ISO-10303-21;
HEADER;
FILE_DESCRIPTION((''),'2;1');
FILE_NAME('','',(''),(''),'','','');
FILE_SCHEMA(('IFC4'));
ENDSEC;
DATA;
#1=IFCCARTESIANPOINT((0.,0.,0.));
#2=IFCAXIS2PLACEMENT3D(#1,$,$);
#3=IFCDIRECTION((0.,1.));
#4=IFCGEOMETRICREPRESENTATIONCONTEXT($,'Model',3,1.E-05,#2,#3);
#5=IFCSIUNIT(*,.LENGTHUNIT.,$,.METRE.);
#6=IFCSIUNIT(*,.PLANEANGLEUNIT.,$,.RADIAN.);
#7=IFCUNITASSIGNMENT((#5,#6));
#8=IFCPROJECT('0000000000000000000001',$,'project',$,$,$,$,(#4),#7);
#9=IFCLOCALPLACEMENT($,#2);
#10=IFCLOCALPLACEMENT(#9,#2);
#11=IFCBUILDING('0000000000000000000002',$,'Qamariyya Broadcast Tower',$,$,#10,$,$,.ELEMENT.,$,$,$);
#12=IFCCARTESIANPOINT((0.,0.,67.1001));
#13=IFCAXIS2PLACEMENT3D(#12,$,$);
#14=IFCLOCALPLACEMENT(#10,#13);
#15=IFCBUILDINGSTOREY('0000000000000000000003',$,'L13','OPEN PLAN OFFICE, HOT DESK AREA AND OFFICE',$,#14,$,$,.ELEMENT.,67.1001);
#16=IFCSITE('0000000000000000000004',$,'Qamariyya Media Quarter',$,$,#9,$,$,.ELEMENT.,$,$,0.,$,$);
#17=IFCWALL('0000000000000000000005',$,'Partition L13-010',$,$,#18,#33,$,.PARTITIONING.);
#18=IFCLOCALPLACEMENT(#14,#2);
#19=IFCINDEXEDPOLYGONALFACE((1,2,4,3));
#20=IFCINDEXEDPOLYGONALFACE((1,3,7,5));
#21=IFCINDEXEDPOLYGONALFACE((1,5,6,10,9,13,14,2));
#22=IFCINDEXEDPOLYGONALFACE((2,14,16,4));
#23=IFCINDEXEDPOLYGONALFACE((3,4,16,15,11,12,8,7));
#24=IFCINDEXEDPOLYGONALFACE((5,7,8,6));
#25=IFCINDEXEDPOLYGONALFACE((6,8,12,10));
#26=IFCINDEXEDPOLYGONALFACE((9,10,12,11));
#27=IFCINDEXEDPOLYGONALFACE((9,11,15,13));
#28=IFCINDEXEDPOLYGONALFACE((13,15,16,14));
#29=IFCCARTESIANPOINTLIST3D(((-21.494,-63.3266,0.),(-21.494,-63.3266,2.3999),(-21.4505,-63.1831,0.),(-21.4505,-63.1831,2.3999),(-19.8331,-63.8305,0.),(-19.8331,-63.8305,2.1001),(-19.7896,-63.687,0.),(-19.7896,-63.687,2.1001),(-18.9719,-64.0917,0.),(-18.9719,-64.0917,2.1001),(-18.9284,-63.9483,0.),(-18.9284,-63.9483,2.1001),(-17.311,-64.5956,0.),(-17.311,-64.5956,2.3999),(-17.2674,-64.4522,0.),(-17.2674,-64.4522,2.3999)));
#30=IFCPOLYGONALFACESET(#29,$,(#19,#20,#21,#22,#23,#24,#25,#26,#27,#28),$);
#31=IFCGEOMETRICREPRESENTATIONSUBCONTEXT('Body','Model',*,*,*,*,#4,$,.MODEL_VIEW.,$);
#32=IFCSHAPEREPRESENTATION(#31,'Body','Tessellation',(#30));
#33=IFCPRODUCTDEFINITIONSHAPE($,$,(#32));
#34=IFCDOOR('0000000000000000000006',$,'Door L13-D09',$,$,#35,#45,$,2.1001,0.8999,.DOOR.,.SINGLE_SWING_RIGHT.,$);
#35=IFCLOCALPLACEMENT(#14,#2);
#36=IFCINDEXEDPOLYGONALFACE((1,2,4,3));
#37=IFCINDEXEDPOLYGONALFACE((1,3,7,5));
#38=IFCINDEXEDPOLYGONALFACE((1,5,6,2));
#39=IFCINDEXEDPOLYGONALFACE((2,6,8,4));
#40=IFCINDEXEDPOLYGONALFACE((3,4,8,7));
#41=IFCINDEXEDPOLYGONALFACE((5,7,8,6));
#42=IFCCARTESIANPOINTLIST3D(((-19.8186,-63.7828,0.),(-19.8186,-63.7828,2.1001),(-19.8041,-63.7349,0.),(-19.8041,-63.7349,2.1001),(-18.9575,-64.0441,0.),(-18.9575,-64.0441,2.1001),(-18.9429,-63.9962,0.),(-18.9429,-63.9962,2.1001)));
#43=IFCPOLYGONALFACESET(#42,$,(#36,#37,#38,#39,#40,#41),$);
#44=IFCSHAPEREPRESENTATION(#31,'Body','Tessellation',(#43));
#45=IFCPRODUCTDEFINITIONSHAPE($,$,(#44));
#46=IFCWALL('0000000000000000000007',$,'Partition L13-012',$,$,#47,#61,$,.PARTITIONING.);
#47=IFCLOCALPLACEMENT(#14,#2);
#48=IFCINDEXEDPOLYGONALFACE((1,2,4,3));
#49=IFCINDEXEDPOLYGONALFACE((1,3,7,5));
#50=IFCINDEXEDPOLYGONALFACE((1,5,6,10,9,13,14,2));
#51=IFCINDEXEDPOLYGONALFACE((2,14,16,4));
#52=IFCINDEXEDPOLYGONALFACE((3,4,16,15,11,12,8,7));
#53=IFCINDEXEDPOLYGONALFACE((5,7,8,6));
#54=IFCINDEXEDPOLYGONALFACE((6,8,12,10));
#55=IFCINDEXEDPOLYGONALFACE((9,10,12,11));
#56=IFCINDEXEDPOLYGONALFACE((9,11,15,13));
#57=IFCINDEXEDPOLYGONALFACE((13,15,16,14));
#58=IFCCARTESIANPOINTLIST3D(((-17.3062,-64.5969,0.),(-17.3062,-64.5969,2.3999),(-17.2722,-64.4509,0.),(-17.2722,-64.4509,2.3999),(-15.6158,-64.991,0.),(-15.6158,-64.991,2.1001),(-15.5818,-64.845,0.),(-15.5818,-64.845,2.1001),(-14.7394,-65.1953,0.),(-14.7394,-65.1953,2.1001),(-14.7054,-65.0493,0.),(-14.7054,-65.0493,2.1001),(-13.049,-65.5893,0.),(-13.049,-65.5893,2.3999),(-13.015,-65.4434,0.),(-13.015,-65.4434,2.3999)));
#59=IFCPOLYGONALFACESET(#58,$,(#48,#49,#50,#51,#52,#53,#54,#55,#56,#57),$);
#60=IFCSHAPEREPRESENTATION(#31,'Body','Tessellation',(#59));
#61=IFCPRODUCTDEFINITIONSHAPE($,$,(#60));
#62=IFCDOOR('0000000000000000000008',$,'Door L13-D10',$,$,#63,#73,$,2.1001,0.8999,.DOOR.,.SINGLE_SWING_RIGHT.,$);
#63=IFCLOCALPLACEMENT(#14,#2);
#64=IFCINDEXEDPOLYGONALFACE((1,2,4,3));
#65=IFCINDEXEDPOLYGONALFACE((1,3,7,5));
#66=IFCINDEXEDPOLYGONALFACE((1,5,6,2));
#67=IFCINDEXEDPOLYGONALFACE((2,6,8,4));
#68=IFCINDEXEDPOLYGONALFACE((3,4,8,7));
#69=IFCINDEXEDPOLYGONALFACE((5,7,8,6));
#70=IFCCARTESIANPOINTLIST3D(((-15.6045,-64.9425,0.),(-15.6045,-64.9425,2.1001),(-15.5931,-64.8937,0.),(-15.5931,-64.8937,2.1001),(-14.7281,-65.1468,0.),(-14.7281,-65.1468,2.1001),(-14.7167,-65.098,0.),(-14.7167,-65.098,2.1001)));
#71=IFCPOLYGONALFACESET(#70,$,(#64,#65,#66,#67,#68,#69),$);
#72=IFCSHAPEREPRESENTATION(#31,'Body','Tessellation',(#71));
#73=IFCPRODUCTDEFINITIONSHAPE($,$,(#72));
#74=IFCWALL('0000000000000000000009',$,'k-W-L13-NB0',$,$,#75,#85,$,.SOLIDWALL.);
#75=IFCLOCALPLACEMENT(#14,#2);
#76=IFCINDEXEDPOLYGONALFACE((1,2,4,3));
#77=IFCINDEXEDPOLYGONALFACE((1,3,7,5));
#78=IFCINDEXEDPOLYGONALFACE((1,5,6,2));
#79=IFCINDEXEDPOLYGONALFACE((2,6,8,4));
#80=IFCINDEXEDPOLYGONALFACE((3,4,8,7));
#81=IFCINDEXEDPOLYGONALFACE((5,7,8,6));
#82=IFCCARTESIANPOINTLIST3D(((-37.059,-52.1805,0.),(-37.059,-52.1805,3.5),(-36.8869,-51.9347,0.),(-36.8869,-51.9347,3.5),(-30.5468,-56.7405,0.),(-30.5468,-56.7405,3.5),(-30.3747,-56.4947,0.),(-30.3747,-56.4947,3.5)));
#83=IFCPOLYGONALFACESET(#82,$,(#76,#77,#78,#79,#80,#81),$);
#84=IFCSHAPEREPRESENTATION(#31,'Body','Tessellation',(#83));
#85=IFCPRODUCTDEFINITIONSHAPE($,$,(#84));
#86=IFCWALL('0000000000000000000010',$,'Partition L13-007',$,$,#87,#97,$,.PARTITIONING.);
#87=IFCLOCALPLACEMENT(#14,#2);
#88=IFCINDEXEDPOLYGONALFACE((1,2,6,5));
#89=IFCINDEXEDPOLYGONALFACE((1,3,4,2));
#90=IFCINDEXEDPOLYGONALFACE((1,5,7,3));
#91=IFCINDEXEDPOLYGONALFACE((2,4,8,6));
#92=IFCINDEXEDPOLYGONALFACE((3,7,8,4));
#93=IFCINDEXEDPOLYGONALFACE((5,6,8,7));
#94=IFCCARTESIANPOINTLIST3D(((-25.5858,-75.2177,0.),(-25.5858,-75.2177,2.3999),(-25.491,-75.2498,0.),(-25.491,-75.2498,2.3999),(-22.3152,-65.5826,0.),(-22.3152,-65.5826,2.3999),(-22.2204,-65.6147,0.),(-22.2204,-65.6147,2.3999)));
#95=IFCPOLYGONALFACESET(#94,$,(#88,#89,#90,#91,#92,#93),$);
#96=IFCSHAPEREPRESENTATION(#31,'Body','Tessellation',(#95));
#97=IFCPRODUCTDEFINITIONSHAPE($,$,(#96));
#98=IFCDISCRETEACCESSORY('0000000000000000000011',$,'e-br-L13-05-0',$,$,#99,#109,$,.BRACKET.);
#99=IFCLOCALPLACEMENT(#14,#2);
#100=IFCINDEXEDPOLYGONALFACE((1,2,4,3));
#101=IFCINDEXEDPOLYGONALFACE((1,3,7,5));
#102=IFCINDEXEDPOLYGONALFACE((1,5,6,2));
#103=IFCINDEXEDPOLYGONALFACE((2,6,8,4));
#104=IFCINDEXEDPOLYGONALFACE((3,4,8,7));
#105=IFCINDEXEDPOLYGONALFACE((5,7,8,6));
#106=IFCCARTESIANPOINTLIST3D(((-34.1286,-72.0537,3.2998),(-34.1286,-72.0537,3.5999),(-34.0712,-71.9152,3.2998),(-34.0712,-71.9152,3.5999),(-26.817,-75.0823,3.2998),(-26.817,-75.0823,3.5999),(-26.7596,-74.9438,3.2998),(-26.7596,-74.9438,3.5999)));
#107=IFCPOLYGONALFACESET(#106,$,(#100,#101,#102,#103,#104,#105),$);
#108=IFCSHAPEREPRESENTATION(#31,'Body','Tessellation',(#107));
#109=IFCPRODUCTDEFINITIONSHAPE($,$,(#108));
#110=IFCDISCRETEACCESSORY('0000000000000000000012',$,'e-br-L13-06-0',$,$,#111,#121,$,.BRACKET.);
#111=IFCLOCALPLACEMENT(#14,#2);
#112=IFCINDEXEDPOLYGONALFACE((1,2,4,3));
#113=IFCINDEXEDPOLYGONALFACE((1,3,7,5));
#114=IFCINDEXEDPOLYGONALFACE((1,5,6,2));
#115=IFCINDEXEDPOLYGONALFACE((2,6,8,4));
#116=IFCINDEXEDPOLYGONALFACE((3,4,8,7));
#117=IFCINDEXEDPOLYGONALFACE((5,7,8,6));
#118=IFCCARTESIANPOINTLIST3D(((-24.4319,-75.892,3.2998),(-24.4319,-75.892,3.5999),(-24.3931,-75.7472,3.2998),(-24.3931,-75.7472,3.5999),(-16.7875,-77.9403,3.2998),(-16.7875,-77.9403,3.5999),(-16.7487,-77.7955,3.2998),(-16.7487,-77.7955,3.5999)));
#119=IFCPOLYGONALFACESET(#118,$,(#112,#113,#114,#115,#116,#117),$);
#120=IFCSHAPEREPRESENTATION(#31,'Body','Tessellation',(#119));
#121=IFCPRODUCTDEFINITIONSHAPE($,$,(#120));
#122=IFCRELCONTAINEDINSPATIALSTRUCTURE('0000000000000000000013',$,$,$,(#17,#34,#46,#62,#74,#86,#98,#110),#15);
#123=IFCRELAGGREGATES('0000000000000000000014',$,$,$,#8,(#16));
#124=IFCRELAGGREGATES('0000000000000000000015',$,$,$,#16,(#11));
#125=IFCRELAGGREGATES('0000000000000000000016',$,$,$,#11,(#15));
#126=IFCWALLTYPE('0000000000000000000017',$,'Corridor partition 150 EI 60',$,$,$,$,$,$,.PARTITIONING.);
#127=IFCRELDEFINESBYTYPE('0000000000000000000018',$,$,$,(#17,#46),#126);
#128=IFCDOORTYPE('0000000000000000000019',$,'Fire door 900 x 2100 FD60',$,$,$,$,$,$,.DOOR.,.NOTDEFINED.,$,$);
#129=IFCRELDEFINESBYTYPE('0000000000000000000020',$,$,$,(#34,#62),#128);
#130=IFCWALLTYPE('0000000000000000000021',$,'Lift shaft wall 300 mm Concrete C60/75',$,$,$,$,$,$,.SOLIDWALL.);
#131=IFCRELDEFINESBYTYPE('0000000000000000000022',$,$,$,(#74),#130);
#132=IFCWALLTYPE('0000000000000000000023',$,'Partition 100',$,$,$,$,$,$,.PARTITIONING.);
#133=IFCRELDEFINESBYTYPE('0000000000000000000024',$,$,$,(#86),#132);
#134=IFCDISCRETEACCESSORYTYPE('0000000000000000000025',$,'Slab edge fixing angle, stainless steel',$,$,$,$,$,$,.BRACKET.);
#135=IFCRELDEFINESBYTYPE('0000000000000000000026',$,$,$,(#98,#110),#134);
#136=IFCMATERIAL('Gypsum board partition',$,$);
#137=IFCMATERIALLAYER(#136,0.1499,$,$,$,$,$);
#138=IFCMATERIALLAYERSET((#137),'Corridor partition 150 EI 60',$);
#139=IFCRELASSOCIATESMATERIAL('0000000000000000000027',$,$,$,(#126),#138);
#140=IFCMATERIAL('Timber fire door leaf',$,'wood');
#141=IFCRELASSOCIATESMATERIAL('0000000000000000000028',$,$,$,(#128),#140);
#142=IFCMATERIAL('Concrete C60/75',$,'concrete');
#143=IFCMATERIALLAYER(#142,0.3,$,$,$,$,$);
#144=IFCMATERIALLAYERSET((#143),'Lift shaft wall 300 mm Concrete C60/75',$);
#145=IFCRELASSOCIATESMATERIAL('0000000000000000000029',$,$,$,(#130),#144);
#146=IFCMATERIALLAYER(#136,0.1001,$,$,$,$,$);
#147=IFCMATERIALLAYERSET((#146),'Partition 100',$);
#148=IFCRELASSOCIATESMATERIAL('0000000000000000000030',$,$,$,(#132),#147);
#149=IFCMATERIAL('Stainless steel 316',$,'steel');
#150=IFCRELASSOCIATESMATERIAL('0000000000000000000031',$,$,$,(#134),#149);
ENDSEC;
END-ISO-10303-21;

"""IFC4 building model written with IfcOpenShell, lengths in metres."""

from ifc_helpers import new_model, si_unit, direction, frame, frame_2d, origin, origin_2d, place, context, subcontext, project, spatial, rectangle, extrude, material, layer, layer_set, type_object, element, fill, save


model = new_model("IFC4")

# Units and contexts
model_context = context("Model", 3, precision=1e-05, world=origin(), true_north=direction((0.0, 1.0)))
body_context = subcontext(model_context, "Body", "Model", "MODEL_VIEW")
ifc_project = project(units=[si_unit("LENGTHUNIT", "METRE"), si_unit("PLANEANGLEUNIT", "RADIAN")], contexts=[model_context])

# Site, building, storey
site_placement = place(None, origin())
site = spatial("IfcSite", under=ifc_project, at=site_placement, Name="Qamariyya Media Quarter", CompositionType="ELEMENT", RefElevation=0.0)
building_placement = place(site_placement, origin())
building = spatial("IfcBuilding", under=site, at=building_placement, Name="Qamariyya Broadcast Tower", CompositionType="ELEMENT")
storey_placement = place(building_placement, frame((0.0, 0.0, 67.1001)))
storey = spatial("IfcBuildingStorey", under=building, at=storey_placement, Name="L13", Description="OPEN PLAN OFFICE, HOT DESK AREA AND OFFICE", CompositionType="ELEMENT", Elevation=67.1001)

# Shared definitions
ifc_material_1 = material(Name="Gypsum board partition")
ifc_layer_1 = layer(ifc_material_1, 0.1499)
ifc_layer_set_1 = layer_set([ifc_layer_1], Name="Corridor partition 150 EI 60")
wall_type_1 = type_object("IfcWallType", Name="Corridor partition 150 EI 60", PredefinedType="PARTITIONING", material=ifc_layer_set_1)
ifc_material_2 = material(Name="Timber fire door leaf", Category="wood")
door_type_1 = type_object("IfcDoorType", Name="Fire door 900 x 2100 FD60", OperationType="NOTDEFINED", PredefinedType="DOOR", material=ifc_material_2)

# Walls, openings, doors
wall_1_placement = place(storey_placement, frame((-21.4722, -63.2549, 0.0), z_axis=(0.0, 0.0, 1.0), x_axis=(0.956933, -0.290308, 0.0)))
wall_1 = element("IfcWall", 1, at=wall_1_placement, inside=storey, type_object=wall_type_1, Name="Partition L13-010", PredefinedType="PARTITIONING", context=body_context, shape_type="SweptSolid", body=[
    extrude(rectangle(XDim=4.3713, YDim=0.1499, at=frame_2d((2.1855, 0.0))), origin(), (0.0, 0.0, 1.0), 2.3999),
])
opening_1_placement = place(wall_1_placement, frame((1.7356, 0.0, 0.0)))
opening_1 = element("IfcOpeningElement", 2, at=opening_1_placement, cuts=wall_1, PredefinedType="OPENING", context=body_context, shape_type="SweptSolid", body=[
    extrude(rectangle(XDim=0.8999, YDim=2.1001, at=frame_2d((0.45, 1.05))), frame((0.0, 0.085, 0.0), z_axis=(0.0, -1.0, 0.0), x_axis=(1.0, 0.0, 0.0)), (0.0, 0.0, 1.0), 0.1699),
])
door_1_placement = place(opening_1_placement, origin())
door_1 = element("IfcDoor", 3, at=door_1_placement, inside=storey, type_object=door_type_1, Name="Door L13-D09", OperationType="SINGLE_SWING_RIGHT", OverallHeight=2.1001, OverallWidth=0.8999, PredefinedType="DOOR", context=body_context, shape_type="SweptSolid", body=[
    extrude(rectangle(XDim=0.8999, YDim=2.1001, at=frame_2d((0.45, 1.05))), frame((0.0, 0.0249, 0.0), z_axis=(0.0, -1.0, 0.0), x_axis=(1.0, 0.0, 0.0)), (0.0, 0.0, 1.0), 0.05),
])
fill(opening_1, door_1)
wall_2_placement = place(storey_placement, frame((-17.2891, -64.5239, 0.0), z_axis=(0.0, 0.0, 1.0), x_axis=(0.973886, -0.227037, 0.0)))
wall_2 = element("IfcWall", 4, at=wall_2_placement, inside=storey, type_object=wall_type_1, Name="Partition L13-012", PredefinedType="PARTITIONING", context=body_context, shape_type="SweptSolid", body=[
    extrude(rectangle(XDim=4.3713, YDim=0.1499, at=frame_2d((2.1855, 0.0))), origin(), (0.0, 0.0, 1.0), 2.3999),
])
opening_2_placement = place(wall_2_placement, frame((1.7356, 0.0, 0.0)))
opening_2 = element("IfcOpeningElement", 5, at=opening_2_placement, cuts=wall_2, PredefinedType="OPENING", context=body_context, shape_type="SweptSolid", body=[
    extrude(rectangle(XDim=0.8999, YDim=2.1001, at=frame_2d((0.45, 1.05))), frame((0.0, 0.085, 0.0), z_axis=(0.0, -1.0, 0.0), x_axis=(1.0, 0.0, 0.0)), (0.0, 0.0, 1.0), 0.1699),
])
door_2_placement = place(opening_2_placement, origin())
door_2 = element("IfcDoor", 6, at=door_2_placement, inside=storey, type_object=door_type_1, Name="Door L13-D10", OperationType="SINGLE_SWING_RIGHT", OverallHeight=2.1001, OverallWidth=0.8999, PredefinedType="DOOR", context=body_context, shape_type="SweptSolid", body=[
    extrude(rectangle(XDim=0.8999, YDim=2.1001, at=frame_2d((0.45, 1.05))), frame((0.0, 0.0249, 0.0), z_axis=(0.0, -1.0, 0.0), x_axis=(1.0, 0.0, 0.0)), (0.0, 0.0, 1.0), 0.05),
])
fill(opening_2, door_2)

# Walls
ifc_material_3 = material(Name="Concrete C60/75", Category="concrete")
ifc_layer_2 = layer(ifc_material_3, 0.3)
ifc_layer_set_2 = layer_set([ifc_layer_2], Name="Lift shaft wall 300 mm Concrete C60/75")
wall_type_2 = type_object("IfcWallType", Name="Lift shaft wall 300 mm Concrete C60/75", PredefinedType="SOLIDWALL", material=ifc_layer_set_2)
wall_3_placement = place(storey_placement, frame((-30.4607, -56.6177, 0.0), z_axis=(0.0, 0.0, 1.0), x_axis=(-0.819142, 0.57359, 0.0)))
element("IfcWall", 7, at=wall_3_placement, inside=storey, type_object=wall_type_2, Name="k-W-L13-NB0", PredefinedType="SOLIDWALL", context=body_context, shape_type="SweptSolid", body=[
    extrude(rectangle(XDim=7.95, YDim=0.3, at=frame_2d((3.9751, 0.0))), origin(), (0.0, 0.0, 1.0), 3.5),
])
ifc_layer_3 = layer(ifc_material_1, 0.1001)
ifc_layer_set_3 = layer_set([ifc_layer_3], Name="Partition 100")
wall_type_3 = type_object("IfcWallType", Name="Partition 100", PredefinedType="PARTITIONING", material=ifc_layer_set_3)
wall_4_placement = place(storey_placement, frame((-25.5383, -75.2336, 0.0), z_axis=(0.0, 0.0, 1.0), x_axis=(0.321427, 0.946934, 0.0)))
element("IfcWall", 8, at=wall_4_placement, inside=storey, type_object=wall_type_3, Name="Partition L13-007", PredefinedType="PARTITIONING", context=body_context, shape_type="SweptSolid", body=[
    extrude(rectangle(XDim=10.175, YDim=0.1001, at=frame_2d((5.0874, 0.0))), origin(), (0.0, 0.0, 1.0), 2.3999),
])

# Discrete accessories
ifc_material_4 = material(Name="Stainless steel 316", Category="steel")
discrete_accessory_type = type_object("IfcDiscreteAccessoryType", Name="Slab edge fixing angle, stainless steel", PredefinedType="BRACKET", material=ifc_material_4)
for number, where, z_axis, x_axis, name in (
    (9, (-30.4441, -73.4988, 3.2998), (0.0, 0.0, 1.0), (0.92388, -0.382683, 0.0), "e-br-L13-05-0"),
    (10, (-20.5903, -76.8438, 3.2998), (0.0, 0.0, 1.0), (0.965926, -0.258819, 0.0), "e-br-L13-06-0"),
):
    element("IfcDiscreteAccessory", number, at=place(storey_placement, frame(where, z_axis=z_axis, x_axis=x_axis)), inside=storey, type_object=discrete_accessory_type, Name=name, PredefinedType="BRACKET", context=body_context, shape_type="SweptSolid", body=[
        extrude(rectangle(XDim=7.9141, YDim=0.1499, at=origin_2d()), origin(), (0.0, 0.0, 1.0), 0.3),
    ])

save(model, "model.ifc")
